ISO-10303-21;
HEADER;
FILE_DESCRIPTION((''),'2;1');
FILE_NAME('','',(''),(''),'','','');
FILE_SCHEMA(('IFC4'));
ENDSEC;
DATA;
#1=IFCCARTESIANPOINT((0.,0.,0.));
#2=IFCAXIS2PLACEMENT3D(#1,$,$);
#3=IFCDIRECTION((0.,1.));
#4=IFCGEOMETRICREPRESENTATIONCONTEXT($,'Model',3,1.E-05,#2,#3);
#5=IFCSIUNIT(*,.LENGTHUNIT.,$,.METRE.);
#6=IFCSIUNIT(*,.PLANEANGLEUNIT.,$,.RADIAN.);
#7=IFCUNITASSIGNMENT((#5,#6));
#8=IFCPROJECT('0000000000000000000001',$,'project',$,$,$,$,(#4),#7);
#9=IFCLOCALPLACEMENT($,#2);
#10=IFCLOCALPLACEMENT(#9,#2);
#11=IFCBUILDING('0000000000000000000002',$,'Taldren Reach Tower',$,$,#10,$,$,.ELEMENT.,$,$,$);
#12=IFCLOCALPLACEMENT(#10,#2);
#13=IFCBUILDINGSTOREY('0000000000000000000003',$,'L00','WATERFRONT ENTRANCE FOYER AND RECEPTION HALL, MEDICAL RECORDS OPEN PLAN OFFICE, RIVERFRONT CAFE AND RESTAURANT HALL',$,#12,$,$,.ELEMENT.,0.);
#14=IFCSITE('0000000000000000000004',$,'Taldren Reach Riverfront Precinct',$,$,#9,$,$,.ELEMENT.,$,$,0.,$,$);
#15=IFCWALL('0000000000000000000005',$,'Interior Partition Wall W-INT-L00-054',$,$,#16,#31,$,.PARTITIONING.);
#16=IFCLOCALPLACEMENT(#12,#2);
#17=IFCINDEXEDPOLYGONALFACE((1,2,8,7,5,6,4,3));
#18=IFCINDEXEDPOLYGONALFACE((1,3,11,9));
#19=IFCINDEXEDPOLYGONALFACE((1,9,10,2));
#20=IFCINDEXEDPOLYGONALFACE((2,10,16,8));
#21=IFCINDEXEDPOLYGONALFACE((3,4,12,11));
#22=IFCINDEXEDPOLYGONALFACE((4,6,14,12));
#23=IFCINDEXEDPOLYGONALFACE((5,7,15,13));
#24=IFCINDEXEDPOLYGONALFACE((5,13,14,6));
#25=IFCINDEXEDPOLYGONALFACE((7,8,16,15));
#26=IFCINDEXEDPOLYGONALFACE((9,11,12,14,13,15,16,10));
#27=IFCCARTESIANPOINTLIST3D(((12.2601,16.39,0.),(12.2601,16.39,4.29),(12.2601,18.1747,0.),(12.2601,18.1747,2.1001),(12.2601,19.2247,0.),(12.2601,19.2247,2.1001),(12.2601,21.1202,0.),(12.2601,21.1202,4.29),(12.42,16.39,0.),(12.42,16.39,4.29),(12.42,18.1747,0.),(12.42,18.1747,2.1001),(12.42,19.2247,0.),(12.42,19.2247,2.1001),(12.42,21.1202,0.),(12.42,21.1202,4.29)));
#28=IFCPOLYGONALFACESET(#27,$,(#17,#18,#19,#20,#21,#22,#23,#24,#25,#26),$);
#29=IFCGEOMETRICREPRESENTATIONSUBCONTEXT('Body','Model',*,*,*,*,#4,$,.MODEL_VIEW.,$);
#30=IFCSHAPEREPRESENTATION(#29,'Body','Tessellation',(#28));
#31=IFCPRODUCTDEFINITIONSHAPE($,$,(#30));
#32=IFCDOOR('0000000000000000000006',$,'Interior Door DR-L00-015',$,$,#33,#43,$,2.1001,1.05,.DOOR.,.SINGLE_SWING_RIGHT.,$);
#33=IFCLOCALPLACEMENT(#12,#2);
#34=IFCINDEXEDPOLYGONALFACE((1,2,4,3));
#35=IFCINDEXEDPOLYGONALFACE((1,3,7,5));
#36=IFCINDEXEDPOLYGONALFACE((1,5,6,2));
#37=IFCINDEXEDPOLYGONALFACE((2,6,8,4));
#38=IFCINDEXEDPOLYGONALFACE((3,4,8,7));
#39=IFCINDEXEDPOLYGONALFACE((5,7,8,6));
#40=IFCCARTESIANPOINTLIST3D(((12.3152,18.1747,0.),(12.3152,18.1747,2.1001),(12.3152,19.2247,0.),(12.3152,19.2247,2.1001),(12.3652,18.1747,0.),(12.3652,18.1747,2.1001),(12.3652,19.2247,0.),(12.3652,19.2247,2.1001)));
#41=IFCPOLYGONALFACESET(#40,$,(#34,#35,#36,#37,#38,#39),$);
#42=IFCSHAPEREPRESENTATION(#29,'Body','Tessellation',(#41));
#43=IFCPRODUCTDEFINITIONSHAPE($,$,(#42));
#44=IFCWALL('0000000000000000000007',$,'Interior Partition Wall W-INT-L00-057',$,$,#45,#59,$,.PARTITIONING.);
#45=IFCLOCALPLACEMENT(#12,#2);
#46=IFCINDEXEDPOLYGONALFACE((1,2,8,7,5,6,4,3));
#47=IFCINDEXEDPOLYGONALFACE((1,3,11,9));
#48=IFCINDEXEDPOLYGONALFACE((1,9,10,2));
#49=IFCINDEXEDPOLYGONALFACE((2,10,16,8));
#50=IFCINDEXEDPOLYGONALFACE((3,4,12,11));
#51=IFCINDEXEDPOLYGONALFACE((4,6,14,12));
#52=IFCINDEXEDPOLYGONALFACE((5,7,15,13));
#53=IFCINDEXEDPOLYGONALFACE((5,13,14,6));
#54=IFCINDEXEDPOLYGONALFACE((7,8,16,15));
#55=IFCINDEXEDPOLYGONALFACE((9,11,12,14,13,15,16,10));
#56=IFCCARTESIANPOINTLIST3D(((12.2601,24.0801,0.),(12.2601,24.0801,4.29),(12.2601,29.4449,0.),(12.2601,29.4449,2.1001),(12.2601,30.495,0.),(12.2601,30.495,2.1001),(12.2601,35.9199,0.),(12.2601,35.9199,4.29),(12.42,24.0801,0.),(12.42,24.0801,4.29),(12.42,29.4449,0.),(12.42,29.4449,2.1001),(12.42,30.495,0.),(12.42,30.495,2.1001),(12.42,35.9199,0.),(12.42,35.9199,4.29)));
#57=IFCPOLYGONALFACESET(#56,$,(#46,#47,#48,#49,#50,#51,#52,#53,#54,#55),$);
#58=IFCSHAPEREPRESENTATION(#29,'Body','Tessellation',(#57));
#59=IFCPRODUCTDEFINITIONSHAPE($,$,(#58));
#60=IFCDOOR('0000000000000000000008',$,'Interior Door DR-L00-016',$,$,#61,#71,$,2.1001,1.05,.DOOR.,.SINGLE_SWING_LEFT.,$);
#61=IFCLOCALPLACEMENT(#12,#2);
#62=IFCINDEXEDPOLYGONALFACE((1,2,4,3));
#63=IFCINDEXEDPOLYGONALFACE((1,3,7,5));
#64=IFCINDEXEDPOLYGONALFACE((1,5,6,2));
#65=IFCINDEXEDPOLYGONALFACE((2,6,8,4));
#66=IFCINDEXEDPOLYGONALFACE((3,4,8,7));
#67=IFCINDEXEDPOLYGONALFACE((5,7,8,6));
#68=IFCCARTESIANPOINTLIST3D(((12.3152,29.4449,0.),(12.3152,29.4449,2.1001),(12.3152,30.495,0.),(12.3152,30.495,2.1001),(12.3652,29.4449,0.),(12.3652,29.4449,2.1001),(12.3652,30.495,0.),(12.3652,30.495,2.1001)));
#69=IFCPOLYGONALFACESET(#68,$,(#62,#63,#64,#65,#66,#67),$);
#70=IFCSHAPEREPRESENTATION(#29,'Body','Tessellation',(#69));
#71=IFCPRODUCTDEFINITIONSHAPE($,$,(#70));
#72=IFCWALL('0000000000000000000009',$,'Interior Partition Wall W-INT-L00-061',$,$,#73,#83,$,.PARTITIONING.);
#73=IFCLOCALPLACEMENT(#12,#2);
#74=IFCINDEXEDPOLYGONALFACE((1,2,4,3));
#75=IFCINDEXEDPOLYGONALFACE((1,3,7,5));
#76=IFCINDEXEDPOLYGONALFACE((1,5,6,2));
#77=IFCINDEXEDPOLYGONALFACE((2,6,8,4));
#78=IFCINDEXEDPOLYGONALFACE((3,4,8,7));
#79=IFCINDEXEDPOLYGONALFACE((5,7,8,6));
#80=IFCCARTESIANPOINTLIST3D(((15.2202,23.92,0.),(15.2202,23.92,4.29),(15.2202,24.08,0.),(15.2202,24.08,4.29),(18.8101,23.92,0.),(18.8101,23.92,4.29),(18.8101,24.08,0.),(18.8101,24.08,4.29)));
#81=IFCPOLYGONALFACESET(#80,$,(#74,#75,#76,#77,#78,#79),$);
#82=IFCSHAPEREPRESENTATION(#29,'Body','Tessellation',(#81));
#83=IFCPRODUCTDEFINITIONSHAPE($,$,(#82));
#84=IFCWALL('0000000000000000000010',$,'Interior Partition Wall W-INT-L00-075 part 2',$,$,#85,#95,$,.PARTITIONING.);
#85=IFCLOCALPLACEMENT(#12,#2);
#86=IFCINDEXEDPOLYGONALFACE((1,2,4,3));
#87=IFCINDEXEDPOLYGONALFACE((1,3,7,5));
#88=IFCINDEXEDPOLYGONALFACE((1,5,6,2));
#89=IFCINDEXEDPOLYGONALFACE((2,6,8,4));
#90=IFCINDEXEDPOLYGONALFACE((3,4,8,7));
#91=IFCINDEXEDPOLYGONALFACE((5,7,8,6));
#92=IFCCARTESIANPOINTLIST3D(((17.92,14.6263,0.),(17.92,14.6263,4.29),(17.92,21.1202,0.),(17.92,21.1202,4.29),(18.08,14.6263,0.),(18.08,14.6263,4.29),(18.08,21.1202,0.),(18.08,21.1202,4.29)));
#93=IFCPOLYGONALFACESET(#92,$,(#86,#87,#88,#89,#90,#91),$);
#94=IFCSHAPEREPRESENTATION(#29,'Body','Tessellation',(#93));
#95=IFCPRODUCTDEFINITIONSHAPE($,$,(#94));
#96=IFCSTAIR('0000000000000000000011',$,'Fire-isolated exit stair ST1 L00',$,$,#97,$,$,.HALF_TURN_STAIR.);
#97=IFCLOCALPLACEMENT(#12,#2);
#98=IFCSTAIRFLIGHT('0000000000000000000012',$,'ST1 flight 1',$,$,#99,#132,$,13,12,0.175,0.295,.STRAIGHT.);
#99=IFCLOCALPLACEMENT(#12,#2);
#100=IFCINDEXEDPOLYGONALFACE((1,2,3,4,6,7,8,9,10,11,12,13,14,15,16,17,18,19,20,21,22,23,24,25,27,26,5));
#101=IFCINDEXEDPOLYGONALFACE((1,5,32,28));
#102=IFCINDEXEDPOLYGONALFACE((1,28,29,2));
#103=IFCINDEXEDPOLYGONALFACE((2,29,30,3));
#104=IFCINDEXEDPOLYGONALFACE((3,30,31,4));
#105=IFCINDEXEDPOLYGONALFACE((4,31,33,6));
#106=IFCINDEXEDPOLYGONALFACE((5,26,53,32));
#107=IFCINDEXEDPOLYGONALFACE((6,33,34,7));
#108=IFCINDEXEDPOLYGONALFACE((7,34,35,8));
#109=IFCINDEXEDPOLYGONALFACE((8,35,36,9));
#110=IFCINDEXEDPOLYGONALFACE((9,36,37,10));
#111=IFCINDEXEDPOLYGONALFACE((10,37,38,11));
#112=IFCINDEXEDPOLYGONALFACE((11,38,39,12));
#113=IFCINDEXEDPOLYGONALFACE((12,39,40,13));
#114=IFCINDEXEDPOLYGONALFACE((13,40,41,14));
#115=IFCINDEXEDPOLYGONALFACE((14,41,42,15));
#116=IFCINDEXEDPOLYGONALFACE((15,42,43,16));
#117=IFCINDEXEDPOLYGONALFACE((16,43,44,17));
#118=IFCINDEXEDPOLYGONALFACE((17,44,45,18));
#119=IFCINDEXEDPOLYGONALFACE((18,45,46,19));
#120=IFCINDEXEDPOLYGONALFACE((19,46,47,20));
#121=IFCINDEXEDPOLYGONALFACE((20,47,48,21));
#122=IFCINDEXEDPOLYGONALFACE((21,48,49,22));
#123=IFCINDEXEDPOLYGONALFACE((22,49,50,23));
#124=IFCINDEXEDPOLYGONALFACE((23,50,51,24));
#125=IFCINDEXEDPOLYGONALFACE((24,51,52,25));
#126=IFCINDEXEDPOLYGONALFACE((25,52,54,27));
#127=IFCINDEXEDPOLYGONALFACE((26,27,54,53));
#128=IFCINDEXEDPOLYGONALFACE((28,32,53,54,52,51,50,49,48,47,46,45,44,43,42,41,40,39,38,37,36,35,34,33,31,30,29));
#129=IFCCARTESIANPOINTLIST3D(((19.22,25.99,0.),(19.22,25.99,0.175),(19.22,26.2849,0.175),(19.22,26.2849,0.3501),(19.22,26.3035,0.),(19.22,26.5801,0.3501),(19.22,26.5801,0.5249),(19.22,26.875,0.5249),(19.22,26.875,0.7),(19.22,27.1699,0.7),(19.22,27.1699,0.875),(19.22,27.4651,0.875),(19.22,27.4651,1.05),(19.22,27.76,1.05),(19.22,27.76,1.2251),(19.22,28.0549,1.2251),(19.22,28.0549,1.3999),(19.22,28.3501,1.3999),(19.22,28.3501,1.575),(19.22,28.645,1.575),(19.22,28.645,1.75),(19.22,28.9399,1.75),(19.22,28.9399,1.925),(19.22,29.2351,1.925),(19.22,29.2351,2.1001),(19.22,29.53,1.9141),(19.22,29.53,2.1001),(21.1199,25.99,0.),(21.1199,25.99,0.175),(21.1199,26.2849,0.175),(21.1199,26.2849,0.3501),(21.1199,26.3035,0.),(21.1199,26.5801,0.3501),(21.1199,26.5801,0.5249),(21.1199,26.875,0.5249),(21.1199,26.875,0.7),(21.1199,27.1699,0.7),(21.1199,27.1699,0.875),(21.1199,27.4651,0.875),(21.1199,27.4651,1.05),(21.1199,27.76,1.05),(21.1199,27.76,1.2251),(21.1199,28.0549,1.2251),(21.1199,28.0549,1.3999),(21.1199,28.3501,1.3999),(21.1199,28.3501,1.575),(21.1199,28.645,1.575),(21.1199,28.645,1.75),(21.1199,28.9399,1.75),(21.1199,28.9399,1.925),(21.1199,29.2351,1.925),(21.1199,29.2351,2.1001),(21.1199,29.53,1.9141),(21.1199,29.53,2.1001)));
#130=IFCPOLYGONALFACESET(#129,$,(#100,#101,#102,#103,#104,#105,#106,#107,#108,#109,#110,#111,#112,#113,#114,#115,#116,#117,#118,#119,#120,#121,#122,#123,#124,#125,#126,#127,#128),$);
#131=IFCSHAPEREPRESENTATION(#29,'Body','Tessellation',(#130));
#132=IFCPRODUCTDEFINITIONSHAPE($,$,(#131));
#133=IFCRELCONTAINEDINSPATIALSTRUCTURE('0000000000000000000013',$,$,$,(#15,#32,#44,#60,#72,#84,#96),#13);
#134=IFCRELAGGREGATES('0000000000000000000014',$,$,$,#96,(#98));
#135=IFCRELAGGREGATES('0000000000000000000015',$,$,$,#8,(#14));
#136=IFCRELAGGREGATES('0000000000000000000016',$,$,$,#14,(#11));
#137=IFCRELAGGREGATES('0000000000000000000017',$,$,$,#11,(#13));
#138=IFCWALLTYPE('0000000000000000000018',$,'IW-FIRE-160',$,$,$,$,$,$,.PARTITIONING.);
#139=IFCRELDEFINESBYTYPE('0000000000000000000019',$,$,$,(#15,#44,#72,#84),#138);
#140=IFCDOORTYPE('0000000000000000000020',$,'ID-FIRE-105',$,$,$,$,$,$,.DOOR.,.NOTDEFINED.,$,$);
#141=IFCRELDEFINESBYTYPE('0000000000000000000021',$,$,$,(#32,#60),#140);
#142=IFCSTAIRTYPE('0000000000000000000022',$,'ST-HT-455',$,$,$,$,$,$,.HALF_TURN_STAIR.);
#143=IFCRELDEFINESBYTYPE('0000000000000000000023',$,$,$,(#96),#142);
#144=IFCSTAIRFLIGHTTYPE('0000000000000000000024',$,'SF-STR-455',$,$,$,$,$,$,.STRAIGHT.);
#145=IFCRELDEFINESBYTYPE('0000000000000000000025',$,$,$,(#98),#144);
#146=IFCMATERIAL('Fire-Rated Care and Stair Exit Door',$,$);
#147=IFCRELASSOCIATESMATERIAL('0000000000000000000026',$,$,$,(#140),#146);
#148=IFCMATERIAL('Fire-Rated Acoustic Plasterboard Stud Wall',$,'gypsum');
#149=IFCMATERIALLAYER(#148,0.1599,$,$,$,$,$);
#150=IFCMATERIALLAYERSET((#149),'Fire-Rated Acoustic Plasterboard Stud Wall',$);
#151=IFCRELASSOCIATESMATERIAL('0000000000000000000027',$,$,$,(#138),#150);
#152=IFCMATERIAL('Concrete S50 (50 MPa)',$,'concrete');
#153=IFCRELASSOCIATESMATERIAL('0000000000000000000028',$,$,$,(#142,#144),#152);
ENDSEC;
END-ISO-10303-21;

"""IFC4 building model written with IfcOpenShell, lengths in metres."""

from ifc_helpers import new_model, si_unit, direction, frame, frame_2d, origin, place, context, subcontext, project, spatial, polyline, rectangle, outline, extrude, source, transform, mapped, material, layer, layer_set, type_object, element, fill, aggregate, save


model = new_model("IFC4")

# Units and contexts
model_context = context("Model", 3, precision=1e-05, world=origin(), true_north=direction((0.0, 1.0)))
body_context = subcontext(model_context, "Body", "Model", "MODEL_VIEW")
ifc_project = project(units=[si_unit("LENGTHUNIT", "METRE"), si_unit("PLANEANGLEUNIT", "RADIAN")], contexts=[model_context])

# Site, building, storey
site_placement = place(None, origin())
site = spatial("IfcSite", under=ifc_project, at=site_placement, Name="Taldren Reach Riverfront Precinct", CompositionType="ELEMENT", RefElevation=0.0)
building_placement = place(site_placement, origin())
building = spatial("IfcBuilding", under=site, at=building_placement, Name="Taldren Reach Tower", CompositionType="ELEMENT")
storey_placement = place(building_placement, origin())
storey = spatial("IfcBuildingStorey", under=building, at=storey_placement, Name="L00", Description="WATERFRONT ENTRANCE FOYER AND RECEPTION HALL, MEDICAL RECORDS OPEN PLAN OFFICE, RIVERFRONT CAFE AND RESTAURANT HALL", CompositionType="ELEMENT", Elevation=0.0)

# Shared definitions
ifc_material_1 = material(Name="Fire-Rated Care and Stair Exit Door")
door_type_1 = type_object("IfcDoorType", Name="ID-FIRE-105", OperationType="NOTDEFINED", PredefinedType="DOOR", material=ifc_material_1)
shared_shape_1 = source(origin(), body_context, "Body", "SweptSolid", [
    extrude(rectangle(XDim=1.05, YDim=2.1001, at=frame_2d((0.5249, 1.05))), frame((0.0, 0.0249, 0.0), z_axis=(0.0, -1.0, 0.0), x_axis=(1.0, 0.0, 0.0)), (0.0, 0.0, 1.0), 0.05),
])

# Shared definitions
ifc_material_2 = material(Name="Concrete S50 (50 MPa)", Category="concrete")

# Shared definitions
ifc_material_3 = material(Name="Fire-Rated Acoustic Plasterboard Stud Wall", Category="gypsum")
ifc_layer_1 = layer(ifc_material_3, 0.1599)
ifc_layer_set_1 = layer_set([ifc_layer_1], Name="Fire-Rated Acoustic Plasterboard Stud Wall")
wall_type_1 = type_object("IfcWallType", Name="IW-FIRE-160", PredefinedType="PARTITIONING", material=ifc_layer_set_1)

# Walls, openings, doors
shared_shape_2 = source(origin(), body_context, "Body", "SweptSolid", [
    extrude(rectangle(XDim=4.7302, YDim=0.1599, at=frame_2d((2.3652, 0.0))), origin(), (0.0, 0.0, 1.0), 4.29),
])
wall_1_placement = place(storey_placement, frame((12.3401, 16.3899, 0.0), z_axis=(0.0, 0.0, 1.0), x_axis=(0.0, 1.0, 0.0)))
wall_1 = element("IfcWall", 1, at=wall_1_placement, inside=storey, type_object=wall_type_1, Name="Interior Partition Wall W-INT-L00-054", PredefinedType="PARTITIONING", context=body_context, shape_type="MappedRepresentation", body=[
    mapped(shared_shape_2, transform((0.0, 0.0, 0.0), scale=1.0)),
])
shared_shape_3 = source(origin(), body_context, "Body", "SweptSolid", [
    extrude(rectangle(XDim=1.05, YDim=2.1001, at=frame_2d((0.5249, 1.05))), frame((0.0, 0.0898, 0.0), z_axis=(0.0, -1.0, 0.0), x_axis=(1.0, 0.0, 0.0)), (0.0, 0.0, 1.0), 0.1799),
])
opening_1_placement = place(wall_1_placement, frame((1.7849, 0.0, 0.0)))
opening_1 = element("IfcOpeningElement", 2, at=opening_1_placement, cuts=wall_1, PredefinedType="OPENING", context=body_context, shape_type="MappedRepresentation", body=[
    mapped(shared_shape_3, transform((0.0, 0.0, 0.0), scale=1.0)),
])
door_1_placement = place(opening_1_placement, origin())
door_1 = element("IfcDoor", 3, at=door_1_placement, inside=storey, type_object=door_type_1, Name="Interior Door DR-L00-015", OperationType="SINGLE_SWING_RIGHT", OverallHeight=2.1001, OverallWidth=1.05, PredefinedType="DOOR", context=body_context, shape_type="MappedRepresentation", body=[
    mapped(shared_shape_1, transform((0.0, 0.0, 0.0), scale=1.0)),
])
fill(opening_1, door_1)
shared_shape_4 = source(origin(), body_context, "Body", "SweptSolid", [
    extrude(rectangle(XDim=11.8398, YDim=0.1599, at=frame_2d((5.9199, 0.0))), origin(), (0.0, 0.0, 1.0), 4.29),
])
wall_2_placement = place(storey_placement, frame((12.3401, 24.0801, 0.0), z_axis=(0.0, 0.0, 1.0), x_axis=(0.0, 1.0, 0.0)))
wall_2 = element("IfcWall", 4, at=wall_2_placement, inside=storey, type_object=wall_type_1, Name="Interior Partition Wall W-INT-L00-057", PredefinedType="PARTITIONING", context=body_context, shape_type="MappedRepresentation", body=[
    mapped(shared_shape_4, transform((0.0, 0.0, 0.0), scale=1.0)),
])
opening_2_placement = place(wall_2_placement, frame((5.365, 0.0, 0.0)))
opening_2 = element("IfcOpeningElement", 5, at=opening_2_placement, cuts=wall_2, PredefinedType="OPENING", context=body_context, shape_type="MappedRepresentation", body=[
    mapped(shared_shape_3, transform((0.0, 0.0, 0.0), scale=1.0)),
])
door_2_placement = place(opening_2_placement, origin())
door_2 = element("IfcDoor", 6, at=door_2_placement, inside=storey, type_object=door_type_1, Name="Interior Door DR-L00-016", OperationType="SINGLE_SWING_LEFT", OverallHeight=2.1001, OverallWidth=1.05, PredefinedType="DOOR", context=body_context, shape_type="MappedRepresentation", body=[
    mapped(shared_shape_1, transform((0.0, 0.0, 0.0), scale=1.0)),
])
fill(opening_2, door_2)

# Walls
shared_shape_5 = source(origin(), body_context, "Body", "SweptSolid", [
    extrude(rectangle(XDim=3.5898, YDim=0.1599, at=frame_2d((1.7949, 0.0))), origin(), (0.0, 0.0, 1.0), 4.29),
])
wall_3_placement = place(storey_placement, frame((15.2202, 24.0, 0.0), z_axis=(0.0, 0.0, 1.0), x_axis=(1.0, 0.0, 0.0)))
element("IfcWall", 7, at=wall_3_placement, inside=storey, type_object=wall_type_1, Name="Interior Partition Wall W-INT-L00-061", PredefinedType="PARTITIONING", context=body_context, shape_type="MappedRepresentation", body=[
    mapped(shared_shape_5, transform((0.0, 0.0, 0.0), scale=1.0)),
])
shared_shape_6 = source(origin(), body_context, "Body", "SweptSolid", [
    extrude(rectangle(XDim=6.4939, YDim=0.1599, at=frame_2d((3.2471, 0.0))), origin(), (0.0, 0.0, 1.0), 4.29),
])
wall_4_placement = place(storey_placement, frame((18.0, 14.6262, 0.0), z_axis=(0.0, 0.0, 1.0), x_axis=(0.0, 1.0, 0.0)))
element("IfcWall", 8, at=wall_4_placement, inside=storey, type_object=wall_type_1, Name="Interior Partition Wall W-INT-L00-075 part 2", PredefinedType="PARTITIONING", context=body_context, shape_type="MappedRepresentation", body=[
    mapped(shared_shape_6, transform((0.0, 0.0, 0.0), scale=1.0)),
])

# Stair, stair flight
stair_type = type_object("IfcStairType", Name="ST-HT-455", PredefinedType="HALF_TURN_STAIR", material=ifc_material_2)
stair_placement = place(storey_placement, origin())
stair = element("IfcStair", 9, at=stair_placement, inside=storey, type_object=stair_type, Name="Fire-isolated exit stair ST1 L00", PredefinedType="HALF_TURN_STAIR")
stair_flight_type = type_object("IfcStairFlightType", Name="SF-STR-455", PredefinedType="STRAIGHT", material=ifc_material_2)
stair_flight_placement = place(storey_placement, frame((20.1699, 25.99, 0.0), z_axis=(0.0, 0.0, 1.0), x_axis=(0.0, 1.0, 0.0)))
stair_flight = element("IfcStairFlight", 10, at=stair_flight_placement, type_object=stair_flight_type, Name="ST1 flight 1", NumberOfRisers=13, NumberOfTreads=12, PredefinedType="STRAIGHT", RiserHeight=0.175, TreadLength=0.295, context=body_context, shape_type="SweptSolid", body=[
    extrude(outline(polyline([(0.0, 0.0), (0.0, 0.175), (0.2949, 0.175), (0.2949, 0.3501), (0.5901, 0.3501), (0.5901, 0.5249), (0.885, 0.5249), (0.885, 0.7), (1.1799, 0.7), (1.1799, 0.875), (1.4751, 0.875), (1.4751, 1.05), (1.77, 1.05), (1.77, 1.2251), (2.0649, 1.2251), (2.0649, 1.3999), (2.3601, 1.3999), (2.3601, 1.575), (2.655, 1.575), (2.655, 1.75), (2.95, 1.75), (2.95, 1.925), (3.2451, 1.925), (3.2451, 2.1001), (3.54, 2.1001), (3.54, 2.2749), (3.54, 1.9141), (0.3135, 0.0), (0.0, 0.0)])), frame((0.0, 0.95, 0.0), z_axis=(0.0, -1.0, 0.0), x_axis=(1.0, 0.0, 0.0)), (0.0, 0.0, 1.0), 1.8999),
])
aggregate(stair, [stair_flight])

save(model, "model.ifc")
